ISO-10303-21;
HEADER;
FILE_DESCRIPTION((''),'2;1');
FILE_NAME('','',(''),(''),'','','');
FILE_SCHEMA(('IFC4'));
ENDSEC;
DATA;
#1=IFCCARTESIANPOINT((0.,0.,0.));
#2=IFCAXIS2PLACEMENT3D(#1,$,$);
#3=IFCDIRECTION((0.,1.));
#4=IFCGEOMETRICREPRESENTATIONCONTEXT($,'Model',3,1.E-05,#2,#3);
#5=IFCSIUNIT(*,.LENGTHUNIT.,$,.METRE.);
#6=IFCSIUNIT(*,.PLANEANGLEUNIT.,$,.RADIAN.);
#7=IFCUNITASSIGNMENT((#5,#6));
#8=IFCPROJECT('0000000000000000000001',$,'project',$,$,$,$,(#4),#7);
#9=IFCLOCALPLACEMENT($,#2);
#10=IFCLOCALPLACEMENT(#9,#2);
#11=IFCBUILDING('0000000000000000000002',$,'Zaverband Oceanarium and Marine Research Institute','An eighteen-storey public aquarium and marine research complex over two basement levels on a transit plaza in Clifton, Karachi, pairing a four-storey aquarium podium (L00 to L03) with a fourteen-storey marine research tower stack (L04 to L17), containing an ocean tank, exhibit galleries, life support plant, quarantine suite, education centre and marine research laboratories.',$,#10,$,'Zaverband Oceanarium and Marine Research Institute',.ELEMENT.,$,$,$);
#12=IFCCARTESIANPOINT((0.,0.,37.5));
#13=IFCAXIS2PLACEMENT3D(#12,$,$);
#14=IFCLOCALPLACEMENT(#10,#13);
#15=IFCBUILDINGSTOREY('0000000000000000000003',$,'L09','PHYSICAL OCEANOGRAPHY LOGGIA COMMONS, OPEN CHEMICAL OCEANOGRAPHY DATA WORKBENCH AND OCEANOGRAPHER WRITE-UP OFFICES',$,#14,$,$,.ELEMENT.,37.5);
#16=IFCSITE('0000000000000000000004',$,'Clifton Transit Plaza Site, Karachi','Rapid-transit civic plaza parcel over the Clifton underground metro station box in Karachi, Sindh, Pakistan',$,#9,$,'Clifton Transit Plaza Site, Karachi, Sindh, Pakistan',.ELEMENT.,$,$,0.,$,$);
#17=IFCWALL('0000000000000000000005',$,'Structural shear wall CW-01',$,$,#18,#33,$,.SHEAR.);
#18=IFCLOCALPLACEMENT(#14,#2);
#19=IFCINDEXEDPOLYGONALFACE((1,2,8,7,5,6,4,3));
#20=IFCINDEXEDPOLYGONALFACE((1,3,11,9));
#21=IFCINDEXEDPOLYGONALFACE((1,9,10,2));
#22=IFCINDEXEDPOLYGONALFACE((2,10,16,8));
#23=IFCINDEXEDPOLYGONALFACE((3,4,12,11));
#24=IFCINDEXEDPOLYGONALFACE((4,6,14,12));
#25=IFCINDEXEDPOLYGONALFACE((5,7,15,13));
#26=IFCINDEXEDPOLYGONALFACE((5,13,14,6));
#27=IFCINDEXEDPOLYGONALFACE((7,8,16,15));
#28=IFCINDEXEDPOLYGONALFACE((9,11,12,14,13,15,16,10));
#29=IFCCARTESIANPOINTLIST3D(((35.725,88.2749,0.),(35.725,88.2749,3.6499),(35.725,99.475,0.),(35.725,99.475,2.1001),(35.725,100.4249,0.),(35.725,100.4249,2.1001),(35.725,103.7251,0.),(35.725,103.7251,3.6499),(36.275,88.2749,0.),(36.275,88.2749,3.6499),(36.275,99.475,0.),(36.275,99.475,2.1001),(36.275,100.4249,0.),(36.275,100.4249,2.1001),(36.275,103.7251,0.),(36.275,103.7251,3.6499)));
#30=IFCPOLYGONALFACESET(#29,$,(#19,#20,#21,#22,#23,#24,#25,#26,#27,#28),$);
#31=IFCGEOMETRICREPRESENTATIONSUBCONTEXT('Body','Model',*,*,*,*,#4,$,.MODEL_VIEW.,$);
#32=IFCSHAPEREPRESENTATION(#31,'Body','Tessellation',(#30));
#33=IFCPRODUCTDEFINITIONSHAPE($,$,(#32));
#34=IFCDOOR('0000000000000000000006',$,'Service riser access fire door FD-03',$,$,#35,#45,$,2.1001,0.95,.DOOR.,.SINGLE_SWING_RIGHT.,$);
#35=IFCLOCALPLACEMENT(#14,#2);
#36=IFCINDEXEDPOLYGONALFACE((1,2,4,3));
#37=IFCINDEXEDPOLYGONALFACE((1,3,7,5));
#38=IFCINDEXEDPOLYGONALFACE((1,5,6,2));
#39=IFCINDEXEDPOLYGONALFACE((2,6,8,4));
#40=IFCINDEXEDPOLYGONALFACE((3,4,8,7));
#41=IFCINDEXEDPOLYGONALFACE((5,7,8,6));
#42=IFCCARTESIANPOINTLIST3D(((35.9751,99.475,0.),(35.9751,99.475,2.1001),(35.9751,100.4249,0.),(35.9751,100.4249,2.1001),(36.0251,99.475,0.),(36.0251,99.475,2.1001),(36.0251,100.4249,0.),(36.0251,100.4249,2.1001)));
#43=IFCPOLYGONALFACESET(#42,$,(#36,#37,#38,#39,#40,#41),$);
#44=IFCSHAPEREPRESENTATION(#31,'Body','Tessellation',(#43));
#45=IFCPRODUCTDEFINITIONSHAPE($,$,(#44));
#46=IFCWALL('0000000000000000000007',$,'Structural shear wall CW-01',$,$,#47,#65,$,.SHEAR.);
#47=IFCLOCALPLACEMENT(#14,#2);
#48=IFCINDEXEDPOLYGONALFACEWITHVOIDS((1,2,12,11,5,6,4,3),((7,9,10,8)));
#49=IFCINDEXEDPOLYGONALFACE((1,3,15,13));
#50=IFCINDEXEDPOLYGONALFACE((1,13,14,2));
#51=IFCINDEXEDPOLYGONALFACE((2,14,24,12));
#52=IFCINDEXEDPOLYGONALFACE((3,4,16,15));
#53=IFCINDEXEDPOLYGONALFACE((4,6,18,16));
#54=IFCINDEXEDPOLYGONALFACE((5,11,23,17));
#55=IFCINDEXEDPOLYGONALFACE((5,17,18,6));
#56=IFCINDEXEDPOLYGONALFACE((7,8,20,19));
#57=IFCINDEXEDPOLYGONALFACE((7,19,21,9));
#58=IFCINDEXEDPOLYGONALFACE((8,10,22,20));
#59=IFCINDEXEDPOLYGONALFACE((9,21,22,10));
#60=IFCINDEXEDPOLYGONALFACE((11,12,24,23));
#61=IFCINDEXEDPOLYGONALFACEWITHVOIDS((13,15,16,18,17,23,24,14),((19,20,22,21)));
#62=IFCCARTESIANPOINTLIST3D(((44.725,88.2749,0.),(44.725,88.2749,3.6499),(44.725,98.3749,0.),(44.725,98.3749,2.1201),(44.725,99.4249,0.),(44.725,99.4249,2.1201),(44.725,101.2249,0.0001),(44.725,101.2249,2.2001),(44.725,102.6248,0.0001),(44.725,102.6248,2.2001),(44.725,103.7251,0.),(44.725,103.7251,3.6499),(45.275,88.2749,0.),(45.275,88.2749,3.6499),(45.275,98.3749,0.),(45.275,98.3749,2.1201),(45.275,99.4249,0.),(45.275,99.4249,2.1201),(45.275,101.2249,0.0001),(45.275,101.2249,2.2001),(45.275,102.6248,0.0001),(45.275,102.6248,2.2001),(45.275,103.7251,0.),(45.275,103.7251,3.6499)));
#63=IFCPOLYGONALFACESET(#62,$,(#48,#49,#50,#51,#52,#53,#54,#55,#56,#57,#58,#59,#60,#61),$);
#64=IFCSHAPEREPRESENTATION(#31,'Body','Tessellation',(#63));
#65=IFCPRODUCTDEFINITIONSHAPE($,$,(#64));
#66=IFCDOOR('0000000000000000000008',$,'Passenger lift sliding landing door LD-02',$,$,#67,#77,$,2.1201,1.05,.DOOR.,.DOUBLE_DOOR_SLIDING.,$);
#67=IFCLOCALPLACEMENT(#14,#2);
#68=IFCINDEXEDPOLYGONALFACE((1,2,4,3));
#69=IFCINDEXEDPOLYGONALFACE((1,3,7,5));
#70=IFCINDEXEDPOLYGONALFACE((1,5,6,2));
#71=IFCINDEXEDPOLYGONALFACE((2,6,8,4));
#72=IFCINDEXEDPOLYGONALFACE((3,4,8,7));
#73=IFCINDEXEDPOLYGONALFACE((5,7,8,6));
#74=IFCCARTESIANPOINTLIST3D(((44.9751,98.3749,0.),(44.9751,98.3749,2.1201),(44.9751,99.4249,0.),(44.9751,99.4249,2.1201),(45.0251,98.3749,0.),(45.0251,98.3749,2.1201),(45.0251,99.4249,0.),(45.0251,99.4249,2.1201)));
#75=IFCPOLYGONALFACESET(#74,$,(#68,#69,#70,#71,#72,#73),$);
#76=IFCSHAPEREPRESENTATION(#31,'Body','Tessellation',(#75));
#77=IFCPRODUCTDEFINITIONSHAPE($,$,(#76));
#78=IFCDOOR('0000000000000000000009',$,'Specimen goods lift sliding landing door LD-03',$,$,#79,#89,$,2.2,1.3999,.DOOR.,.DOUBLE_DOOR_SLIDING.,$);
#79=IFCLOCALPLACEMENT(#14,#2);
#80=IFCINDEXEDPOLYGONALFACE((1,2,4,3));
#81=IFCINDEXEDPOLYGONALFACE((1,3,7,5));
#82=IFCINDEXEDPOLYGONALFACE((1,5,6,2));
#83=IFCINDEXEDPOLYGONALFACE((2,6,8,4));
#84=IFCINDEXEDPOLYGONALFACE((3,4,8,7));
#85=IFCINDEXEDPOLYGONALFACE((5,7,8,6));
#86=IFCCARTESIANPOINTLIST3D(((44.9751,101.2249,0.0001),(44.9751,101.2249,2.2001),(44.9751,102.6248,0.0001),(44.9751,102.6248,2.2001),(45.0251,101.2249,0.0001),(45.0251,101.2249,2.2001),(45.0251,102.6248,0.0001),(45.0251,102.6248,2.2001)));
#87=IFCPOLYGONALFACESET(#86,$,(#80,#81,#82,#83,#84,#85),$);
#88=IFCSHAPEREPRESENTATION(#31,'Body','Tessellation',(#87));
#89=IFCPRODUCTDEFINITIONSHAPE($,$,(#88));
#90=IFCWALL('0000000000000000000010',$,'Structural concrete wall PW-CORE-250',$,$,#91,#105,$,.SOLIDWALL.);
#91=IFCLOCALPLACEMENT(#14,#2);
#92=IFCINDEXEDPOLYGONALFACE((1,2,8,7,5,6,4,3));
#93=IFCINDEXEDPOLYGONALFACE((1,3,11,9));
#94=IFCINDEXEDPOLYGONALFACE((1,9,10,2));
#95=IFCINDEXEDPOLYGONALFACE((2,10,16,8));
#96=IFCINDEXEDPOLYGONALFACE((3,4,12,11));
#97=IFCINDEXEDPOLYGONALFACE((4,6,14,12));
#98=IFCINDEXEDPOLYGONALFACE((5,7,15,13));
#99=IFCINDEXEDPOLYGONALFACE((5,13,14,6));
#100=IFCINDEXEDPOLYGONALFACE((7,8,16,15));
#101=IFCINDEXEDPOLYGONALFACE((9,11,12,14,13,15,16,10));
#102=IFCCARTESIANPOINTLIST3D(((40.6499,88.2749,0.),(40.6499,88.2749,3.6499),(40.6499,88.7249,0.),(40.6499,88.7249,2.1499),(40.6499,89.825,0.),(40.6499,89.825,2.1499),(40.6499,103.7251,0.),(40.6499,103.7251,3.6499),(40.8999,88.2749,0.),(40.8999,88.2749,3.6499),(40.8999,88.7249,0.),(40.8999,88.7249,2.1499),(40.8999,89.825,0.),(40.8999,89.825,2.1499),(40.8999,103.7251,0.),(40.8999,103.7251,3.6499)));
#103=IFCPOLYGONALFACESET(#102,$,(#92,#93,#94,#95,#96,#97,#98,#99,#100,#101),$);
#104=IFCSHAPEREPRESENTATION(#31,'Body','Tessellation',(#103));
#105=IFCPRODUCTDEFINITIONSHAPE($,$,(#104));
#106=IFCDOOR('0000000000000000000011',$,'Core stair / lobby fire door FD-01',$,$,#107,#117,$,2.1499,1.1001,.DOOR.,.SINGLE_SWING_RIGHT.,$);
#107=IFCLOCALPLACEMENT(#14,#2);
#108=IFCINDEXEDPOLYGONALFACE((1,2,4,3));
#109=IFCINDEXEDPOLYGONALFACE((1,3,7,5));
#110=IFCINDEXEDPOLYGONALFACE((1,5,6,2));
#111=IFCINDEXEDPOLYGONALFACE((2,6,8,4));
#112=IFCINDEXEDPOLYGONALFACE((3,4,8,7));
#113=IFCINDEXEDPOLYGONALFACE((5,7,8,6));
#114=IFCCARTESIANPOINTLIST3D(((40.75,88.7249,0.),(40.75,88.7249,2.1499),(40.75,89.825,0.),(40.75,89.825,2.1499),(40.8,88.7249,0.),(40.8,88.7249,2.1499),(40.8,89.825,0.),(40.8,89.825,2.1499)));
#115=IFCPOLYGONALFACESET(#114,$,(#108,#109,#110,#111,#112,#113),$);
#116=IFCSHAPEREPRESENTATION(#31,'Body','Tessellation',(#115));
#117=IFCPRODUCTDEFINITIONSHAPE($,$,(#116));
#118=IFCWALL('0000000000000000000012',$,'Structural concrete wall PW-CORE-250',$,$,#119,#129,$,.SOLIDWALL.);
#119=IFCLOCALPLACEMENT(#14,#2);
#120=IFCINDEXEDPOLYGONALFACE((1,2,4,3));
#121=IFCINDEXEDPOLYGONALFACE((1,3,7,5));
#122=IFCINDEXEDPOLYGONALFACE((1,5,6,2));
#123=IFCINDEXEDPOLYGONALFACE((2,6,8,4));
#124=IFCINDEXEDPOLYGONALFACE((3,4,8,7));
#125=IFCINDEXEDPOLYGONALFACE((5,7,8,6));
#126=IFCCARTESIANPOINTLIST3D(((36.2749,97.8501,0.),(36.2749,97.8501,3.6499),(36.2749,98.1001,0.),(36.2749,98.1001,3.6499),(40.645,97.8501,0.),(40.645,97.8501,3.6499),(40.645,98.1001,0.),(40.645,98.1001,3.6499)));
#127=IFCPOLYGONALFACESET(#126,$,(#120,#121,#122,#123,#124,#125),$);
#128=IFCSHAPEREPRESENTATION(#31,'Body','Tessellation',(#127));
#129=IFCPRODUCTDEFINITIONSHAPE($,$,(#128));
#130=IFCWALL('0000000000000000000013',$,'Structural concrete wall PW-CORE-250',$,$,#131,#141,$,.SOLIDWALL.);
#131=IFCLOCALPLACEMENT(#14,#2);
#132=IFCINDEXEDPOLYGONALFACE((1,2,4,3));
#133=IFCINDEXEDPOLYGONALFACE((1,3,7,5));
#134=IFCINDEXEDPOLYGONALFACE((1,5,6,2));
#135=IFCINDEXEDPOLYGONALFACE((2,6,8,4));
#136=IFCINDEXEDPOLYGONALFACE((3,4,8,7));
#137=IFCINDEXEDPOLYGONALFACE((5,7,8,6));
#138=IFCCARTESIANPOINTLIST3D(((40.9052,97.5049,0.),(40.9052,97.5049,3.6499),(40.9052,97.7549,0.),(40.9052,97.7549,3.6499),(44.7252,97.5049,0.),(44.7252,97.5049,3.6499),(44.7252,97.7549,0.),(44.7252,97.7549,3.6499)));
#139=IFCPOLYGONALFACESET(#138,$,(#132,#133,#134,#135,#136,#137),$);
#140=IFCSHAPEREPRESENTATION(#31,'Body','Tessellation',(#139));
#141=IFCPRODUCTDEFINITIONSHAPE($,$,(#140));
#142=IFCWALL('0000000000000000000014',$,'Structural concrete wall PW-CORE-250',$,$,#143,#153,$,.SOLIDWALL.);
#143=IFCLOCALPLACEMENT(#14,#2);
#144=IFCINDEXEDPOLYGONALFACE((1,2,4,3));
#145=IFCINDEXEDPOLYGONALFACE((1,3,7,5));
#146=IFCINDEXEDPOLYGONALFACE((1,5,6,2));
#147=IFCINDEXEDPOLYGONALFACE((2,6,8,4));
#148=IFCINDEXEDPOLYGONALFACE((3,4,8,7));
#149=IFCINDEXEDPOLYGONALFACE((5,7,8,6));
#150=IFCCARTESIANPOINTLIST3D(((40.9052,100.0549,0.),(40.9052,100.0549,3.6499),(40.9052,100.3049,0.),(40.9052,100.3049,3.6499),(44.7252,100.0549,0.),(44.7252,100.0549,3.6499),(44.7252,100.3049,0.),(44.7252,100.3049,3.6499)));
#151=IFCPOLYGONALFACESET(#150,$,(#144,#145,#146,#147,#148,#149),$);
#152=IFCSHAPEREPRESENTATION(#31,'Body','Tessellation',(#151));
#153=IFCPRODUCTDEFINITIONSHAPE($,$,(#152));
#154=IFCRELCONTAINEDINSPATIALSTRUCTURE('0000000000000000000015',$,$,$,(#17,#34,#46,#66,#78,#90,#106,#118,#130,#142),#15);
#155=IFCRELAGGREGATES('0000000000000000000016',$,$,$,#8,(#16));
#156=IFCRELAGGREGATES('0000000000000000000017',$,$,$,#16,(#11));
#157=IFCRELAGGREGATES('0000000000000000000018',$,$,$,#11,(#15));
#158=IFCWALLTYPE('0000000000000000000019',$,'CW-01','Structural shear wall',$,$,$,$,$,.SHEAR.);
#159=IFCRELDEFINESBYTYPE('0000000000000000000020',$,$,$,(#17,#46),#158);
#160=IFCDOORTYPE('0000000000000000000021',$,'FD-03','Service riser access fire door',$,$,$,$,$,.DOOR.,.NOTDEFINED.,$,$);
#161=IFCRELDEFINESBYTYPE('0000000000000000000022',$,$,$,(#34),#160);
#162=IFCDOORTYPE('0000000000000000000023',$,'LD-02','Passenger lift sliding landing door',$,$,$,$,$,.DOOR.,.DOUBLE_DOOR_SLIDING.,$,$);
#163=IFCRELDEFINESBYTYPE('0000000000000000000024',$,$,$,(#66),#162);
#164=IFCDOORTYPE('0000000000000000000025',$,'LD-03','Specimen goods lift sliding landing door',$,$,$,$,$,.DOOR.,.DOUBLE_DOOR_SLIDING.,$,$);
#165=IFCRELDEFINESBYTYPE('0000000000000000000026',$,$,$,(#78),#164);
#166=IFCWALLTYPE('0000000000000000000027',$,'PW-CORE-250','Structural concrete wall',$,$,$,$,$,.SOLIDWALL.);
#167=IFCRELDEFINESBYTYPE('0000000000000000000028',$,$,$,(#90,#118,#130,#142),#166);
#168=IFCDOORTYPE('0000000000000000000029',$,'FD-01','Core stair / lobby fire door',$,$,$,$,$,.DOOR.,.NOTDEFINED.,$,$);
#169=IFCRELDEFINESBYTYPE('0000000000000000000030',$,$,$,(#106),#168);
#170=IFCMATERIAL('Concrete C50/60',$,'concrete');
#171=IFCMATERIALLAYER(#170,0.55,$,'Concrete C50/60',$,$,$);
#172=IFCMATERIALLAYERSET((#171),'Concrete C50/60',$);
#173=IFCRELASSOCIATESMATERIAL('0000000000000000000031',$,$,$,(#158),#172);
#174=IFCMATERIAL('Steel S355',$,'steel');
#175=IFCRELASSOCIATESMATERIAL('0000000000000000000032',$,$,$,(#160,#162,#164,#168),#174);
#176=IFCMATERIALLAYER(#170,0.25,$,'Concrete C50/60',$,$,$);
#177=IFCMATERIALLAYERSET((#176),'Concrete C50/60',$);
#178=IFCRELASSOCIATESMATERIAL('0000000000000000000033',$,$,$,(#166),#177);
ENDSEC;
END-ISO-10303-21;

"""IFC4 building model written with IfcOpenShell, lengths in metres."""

from ifc_helpers import new_model, si_unit, direction, frame, frame_2d, origin, place, context, subcontext, project, spatial, rectangle, extrude, material, layer, layer_set, type_object, element, fill, save


model = new_model("IFC4")

# Units and contexts
model_context = context("Model", 3, precision=1e-05, world=origin(), true_north=direction((0.0, 1.0)))
body_context = subcontext(model_context, "Body", "Model", "MODEL_VIEW")
ifc_project = project(units=[si_unit("LENGTHUNIT", "METRE"), si_unit("PLANEANGLEUNIT", "RADIAN")], contexts=[model_context])

# Site, building, storey
site_placement = place(None, origin())
site = spatial("IfcSite", under=ifc_project, at=site_placement, Name="Clifton Transit Plaza Site, Karachi", Description="Rapid-transit civic plaza parcel over the Clifton underground metro station box in Karachi, Sindh, Pakistan", LongName="Clifton Transit Plaza Site, Karachi, Sindh, Pakistan", CompositionType="ELEMENT", RefElevation=0.0)
building_placement = place(site_placement, origin())
building = spatial("IfcBuilding", under=site, at=building_placement, Name="Zaverband Oceanarium and Marine Research Institute", Description="An eighteen-storey public aquarium and marine research complex over two basement levels on a transit plaza in Clifton, Karachi, pairing a four-storey aquarium podium (L00 to L03) with a fourteen-storey marine research tower stack (L04 to L17), containing an ocean tank, exhibit galleries, life support plant, quarantine suite, education centre and marine research laboratories.", LongName="Zaverband Oceanarium and Marine Research Institute", CompositionType="ELEMENT")
storey_placement = place(building_placement, frame((0.0, 0.0, 37.5)))
storey = spatial("IfcBuildingStorey", under=building, at=storey_placement, Name="L09", Description="PHYSICAL OCEANOGRAPHY LOGGIA COMMONS, OPEN CHEMICAL OCEANOGRAPHY DATA WORKBENCH AND OCEANOGRAPHER WRITE-UP OFFICES", CompositionType="ELEMENT", Elevation=37.5)

# Shared definitions
ifc_material_1 = material(Name="Concrete C50/60", Category="concrete")

# Shared definitions
ifc_layer_1 = layer(ifc_material_1, 0.55, Name="Concrete C50/60")
ifc_layer_set_1 = layer_set([ifc_layer_1], Name="Concrete C50/60")
wall_type_1 = type_object("IfcWallType", Name="CW-01", Description="Structural shear wall", PredefinedType="SHEAR", material=ifc_layer_set_1)
ifc_material_2 = material(Name="Steel S355", Category="steel")

# Wall, opening, door
wall_1_placement = place(storey_placement, frame((36.0, 88.2749, 0.0), z_axis=(0.0, 0.0, 1.0), x_axis=(0.0, 1.0, 0.0)))
wall_1 = element("IfcWall", 1, at=wall_1_placement, inside=storey, type_object=wall_type_1, Name="Structural shear wall CW-01", PredefinedType="SHEAR", context=body_context, shape_type="SweptSolid", body=[
    extrude(rectangle(XDim=15.4502, YDim=0.55, at=frame_2d((7.7251, 0.0))), origin(), (0.0, 0.0, 1.0), 3.6499),
])
opening_1_placement = place(wall_1_placement, frame((11.2, 0.0, 0.0)))
opening_1 = element("IfcOpeningElement", 2, at=opening_1_placement, cuts=wall_1, PredefinedType="OPENING", context=body_context, shape_type="SweptSolid", body=[
    extrude(rectangle(XDim=0.95, YDim=2.1001, at=frame_2d((0.4751, 1.05))), frame((0.0, 0.2871, 0.0), z_axis=(0.0, -1.0, 0.0), x_axis=(1.0, 0.0, 0.0)), (0.0, 0.0, 1.0), 0.574),
])
door_type_1 = type_object("IfcDoorType", Name="FD-03", Description="Service riser access fire door", OperationType="NOTDEFINED", PredefinedType="DOOR", material=ifc_material_2)
door_1_placement = place(opening_1_placement, origin())
door_1 = element("IfcDoor", 3, at=door_1_placement, inside=storey, type_object=door_type_1, Name="Service riser access fire door FD-03", OperationType="SINGLE_SWING_RIGHT", OverallHeight=2.1001, OverallWidth=0.95, PredefinedType="DOOR", context=body_context, shape_type="SweptSolid", body=[
    extrude(rectangle(XDim=0.95, YDim=2.1001, at=frame_2d((0.4751, 1.05))), frame((0.0, 0.0249, 0.0), z_axis=(0.0, -1.0, 0.0), x_axis=(1.0, 0.0, 0.0)), (0.0, 0.0, 1.0), 0.05),
])
fill(opening_1, door_1)

# Wall, openings, doors
wall_2_placement = place(storey_placement, frame((45.0, 88.2749, 0.0), z_axis=(0.0, 0.0, 1.0), x_axis=(0.0, 1.0, 0.0)))
wall_2 = element("IfcWall", 4, at=wall_2_placement, inside=storey, type_object=wall_type_1, Name="Structural shear wall CW-01", PredefinedType="SHEAR", context=body_context, shape_type="SweptSolid", body=[
    extrude(rectangle(XDim=15.4502, YDim=0.55, at=frame_2d((7.7251, 0.0))), origin(), (0.0, 0.0, 1.0), 3.6499),
])
opening_2_placement = place(wall_2_placement, frame((10.1001, 0.0, 0.0)))
opening_2 = element("IfcOpeningElement", 5, at=opening_2_placement, cuts=wall_2, PredefinedType="OPENING", context=body_context, shape_type="SweptSolid", body=[
    extrude(rectangle(XDim=1.05, YDim=2.1201, at=frame_2d((0.5249, 1.0601))), frame((0.0, 0.2871, 0.0), z_axis=(0.0, -1.0, 0.0), x_axis=(1.0, 0.0, 0.0)), (0.0, 0.0, 1.0), 0.574),
])
opening_3_placement = place(wall_2_placement, frame((12.95, 0.0, 0.0)))
opening_3 = element("IfcOpeningElement", 6, at=opening_3_placement, cuts=wall_2, PredefinedType="OPENING", context=body_context, shape_type="SweptSolid", body=[
    extrude(rectangle(XDim=1.3999, YDim=2.2, at=frame_2d((0.7, 1.1001))), frame((0.0, 0.2871, 0.0), z_axis=(0.0, -1.0, 0.0), x_axis=(1.0, 0.0, 0.0)), (0.0, 0.0, 1.0), 0.574),
])
door_type_2 = type_object("IfcDoorType", Name="LD-02", Description="Passenger lift sliding landing door", OperationType="DOUBLE_DOOR_SLIDING", PredefinedType="DOOR", material=ifc_material_2)
door_2_placement = place(opening_2_placement, origin())
door_2 = element("IfcDoor", 7, at=door_2_placement, inside=storey, type_object=door_type_2, Name="Passenger lift sliding landing door LD-02", OperationType="DOUBLE_DOOR_SLIDING", OverallHeight=2.1201, OverallWidth=1.05, PredefinedType="DOOR", context=body_context, shape_type="SweptSolid", body=[
    extrude(rectangle(XDim=1.05, YDim=2.1201, at=frame_2d((0.5249, 1.0601))), frame((0.0, 0.0249, 0.0), z_axis=(0.0, -1.0, 0.0), x_axis=(1.0, 0.0, 0.0)), (0.0, 0.0, 1.0), 0.05),
])
fill(opening_2, door_2)
door_type_3 = type_object("IfcDoorType", Name="LD-03", Description="Specimen goods lift sliding landing door", OperationType="DOUBLE_DOOR_SLIDING", PredefinedType="DOOR", material=ifc_material_2)
door_3_placement = place(opening_3_placement, origin())
door_3 = element("IfcDoor", 8, at=door_3_placement, inside=storey, type_object=door_type_3, Name="Specimen goods lift sliding landing door LD-03", OperationType="DOUBLE_DOOR_SLIDING", OverallHeight=2.2, OverallWidth=1.3999, PredefinedType="DOOR", context=body_context, shape_type="SweptSolid", body=[
    extrude(rectangle(XDim=1.3999, YDim=2.2, at=frame_2d((0.7, 1.1001))), frame((0.0, 0.0249, 0.0), z_axis=(0.0, -1.0, 0.0), x_axis=(1.0, 0.0, 0.0)), (0.0, 0.0, 1.0), 0.05),
])
fill(opening_3, door_3)

# Wall, opening, door
ifc_layer_2 = layer(ifc_material_1, 0.25, Name="Concrete C50/60")
ifc_layer_set_2 = layer_set([ifc_layer_2], Name="Concrete C50/60")
wall_type_2 = type_object("IfcWallType", Name="PW-CORE-250", Description="Structural concrete wall", PredefinedType="SOLIDWALL", material=ifc_layer_set_2)
wall_3_placement = place(storey_placement, frame((40.7749, 88.2749, 0.0), z_axis=(0.0, 0.0, 1.0), x_axis=(0.0, 1.0, 0.0)))
wall_3 = element("IfcWall", 9, at=wall_3_placement, inside=storey, type_object=wall_type_2, Name="Structural concrete wall PW-CORE-250", PredefinedType="SOLIDWALL", context=body_context, shape_type="SweptSolid", body=[
    extrude(rectangle(XDim=15.4502, YDim=0.25, at=frame_2d((7.7251, 0.0))), origin(), (0.0, 0.0, 1.0), 3.6499),
])
opening_4_placement = place(wall_3_placement, frame((0.45, 0.0, 0.0)))
opening_4 = element("IfcOpeningElement", 10, at=opening_4_placement, cuts=wall_3, PredefinedType="OPENING", context=body_context, shape_type="SweptSolid", body=[
    extrude(rectangle(XDim=1.1001, YDim=2.1499, at=frame_2d((0.55, 1.075))), frame((0.0, 0.137, 0.0), z_axis=(0.0, -1.0, 0.0), x_axis=(1.0, 0.0, 0.0)), (0.0, 0.0, 1.0), 0.2739),
])
door_type_4 = type_object("IfcDoorType", Name="FD-01", Description="Core stair / lobby fire door", OperationType="NOTDEFINED", PredefinedType="DOOR", material=ifc_material_2)
door_4_placement = place(opening_4_placement, origin())
door_4 = element("IfcDoor", 11, at=door_4_placement, inside=storey, type_object=door_type_4, Name="Core stair / lobby fire door FD-01", OperationType="SINGLE_SWING_RIGHT", OverallHeight=2.1499, OverallWidth=1.1001, PredefinedType="DOOR", context=body_context, shape_type="SweptSolid", body=[
    extrude(rectangle(XDim=1.1001, YDim=2.1499, at=frame_2d((0.55, 1.075))), frame((0.0, 0.0249, 0.0), z_axis=(0.0, -1.0, 0.0), x_axis=(1.0, 0.0, 0.0)), (0.0, 0.0, 1.0), 0.05),
])
fill(opening_4, door_4)

# Wall
wall_4_placement = place(storey_placement, frame((36.2749, 97.9751, 0.0), z_axis=(0.0, 0.0, 1.0), x_axis=(1.0, 0.0, 0.0)))
element("IfcWall", 12, at=wall_4_placement, inside=storey, type_object=wall_type_2, Name="Structural concrete wall PW-CORE-250", PredefinedType="SOLIDWALL", context=body_context, shape_type="SweptSolid", body=[
    extrude(rectangle(XDim=4.3701, YDim=0.25, at=frame_2d((2.1851, 0.0))), origin(), (0.0, 0.0, 1.0), 3.6499),
])

# Walls
for number, where, z_axis, x_axis, name in (
    (13, (40.905, 97.6299, 0.0), (0.0, 0.0, 1.0), (1.0, 0.0, 0.0), "Structural concrete wall PW-CORE-250"),
    (14, (40.905, 100.1799, 0.0), (0.0, 0.0, 1.0), (1.0, 0.0, 0.0), "Structural concrete wall PW-CORE-250"),
):
    element("IfcWall", number, at=place(storey_placement, frame(where, z_axis=z_axis, x_axis=x_axis)), inside=storey, type_object=wall_type_2, Name=name, PredefinedType="SOLIDWALL", context=body_context, shape_type="SweptSolid", body=[
        extrude(rectangle(XDim=3.8201, YDim=0.25, at=frame_2d((1.9102, 0.0))), origin(), (0.0, 0.0, 1.0), 3.6499),
    ])

save(model, "model.ifc")
